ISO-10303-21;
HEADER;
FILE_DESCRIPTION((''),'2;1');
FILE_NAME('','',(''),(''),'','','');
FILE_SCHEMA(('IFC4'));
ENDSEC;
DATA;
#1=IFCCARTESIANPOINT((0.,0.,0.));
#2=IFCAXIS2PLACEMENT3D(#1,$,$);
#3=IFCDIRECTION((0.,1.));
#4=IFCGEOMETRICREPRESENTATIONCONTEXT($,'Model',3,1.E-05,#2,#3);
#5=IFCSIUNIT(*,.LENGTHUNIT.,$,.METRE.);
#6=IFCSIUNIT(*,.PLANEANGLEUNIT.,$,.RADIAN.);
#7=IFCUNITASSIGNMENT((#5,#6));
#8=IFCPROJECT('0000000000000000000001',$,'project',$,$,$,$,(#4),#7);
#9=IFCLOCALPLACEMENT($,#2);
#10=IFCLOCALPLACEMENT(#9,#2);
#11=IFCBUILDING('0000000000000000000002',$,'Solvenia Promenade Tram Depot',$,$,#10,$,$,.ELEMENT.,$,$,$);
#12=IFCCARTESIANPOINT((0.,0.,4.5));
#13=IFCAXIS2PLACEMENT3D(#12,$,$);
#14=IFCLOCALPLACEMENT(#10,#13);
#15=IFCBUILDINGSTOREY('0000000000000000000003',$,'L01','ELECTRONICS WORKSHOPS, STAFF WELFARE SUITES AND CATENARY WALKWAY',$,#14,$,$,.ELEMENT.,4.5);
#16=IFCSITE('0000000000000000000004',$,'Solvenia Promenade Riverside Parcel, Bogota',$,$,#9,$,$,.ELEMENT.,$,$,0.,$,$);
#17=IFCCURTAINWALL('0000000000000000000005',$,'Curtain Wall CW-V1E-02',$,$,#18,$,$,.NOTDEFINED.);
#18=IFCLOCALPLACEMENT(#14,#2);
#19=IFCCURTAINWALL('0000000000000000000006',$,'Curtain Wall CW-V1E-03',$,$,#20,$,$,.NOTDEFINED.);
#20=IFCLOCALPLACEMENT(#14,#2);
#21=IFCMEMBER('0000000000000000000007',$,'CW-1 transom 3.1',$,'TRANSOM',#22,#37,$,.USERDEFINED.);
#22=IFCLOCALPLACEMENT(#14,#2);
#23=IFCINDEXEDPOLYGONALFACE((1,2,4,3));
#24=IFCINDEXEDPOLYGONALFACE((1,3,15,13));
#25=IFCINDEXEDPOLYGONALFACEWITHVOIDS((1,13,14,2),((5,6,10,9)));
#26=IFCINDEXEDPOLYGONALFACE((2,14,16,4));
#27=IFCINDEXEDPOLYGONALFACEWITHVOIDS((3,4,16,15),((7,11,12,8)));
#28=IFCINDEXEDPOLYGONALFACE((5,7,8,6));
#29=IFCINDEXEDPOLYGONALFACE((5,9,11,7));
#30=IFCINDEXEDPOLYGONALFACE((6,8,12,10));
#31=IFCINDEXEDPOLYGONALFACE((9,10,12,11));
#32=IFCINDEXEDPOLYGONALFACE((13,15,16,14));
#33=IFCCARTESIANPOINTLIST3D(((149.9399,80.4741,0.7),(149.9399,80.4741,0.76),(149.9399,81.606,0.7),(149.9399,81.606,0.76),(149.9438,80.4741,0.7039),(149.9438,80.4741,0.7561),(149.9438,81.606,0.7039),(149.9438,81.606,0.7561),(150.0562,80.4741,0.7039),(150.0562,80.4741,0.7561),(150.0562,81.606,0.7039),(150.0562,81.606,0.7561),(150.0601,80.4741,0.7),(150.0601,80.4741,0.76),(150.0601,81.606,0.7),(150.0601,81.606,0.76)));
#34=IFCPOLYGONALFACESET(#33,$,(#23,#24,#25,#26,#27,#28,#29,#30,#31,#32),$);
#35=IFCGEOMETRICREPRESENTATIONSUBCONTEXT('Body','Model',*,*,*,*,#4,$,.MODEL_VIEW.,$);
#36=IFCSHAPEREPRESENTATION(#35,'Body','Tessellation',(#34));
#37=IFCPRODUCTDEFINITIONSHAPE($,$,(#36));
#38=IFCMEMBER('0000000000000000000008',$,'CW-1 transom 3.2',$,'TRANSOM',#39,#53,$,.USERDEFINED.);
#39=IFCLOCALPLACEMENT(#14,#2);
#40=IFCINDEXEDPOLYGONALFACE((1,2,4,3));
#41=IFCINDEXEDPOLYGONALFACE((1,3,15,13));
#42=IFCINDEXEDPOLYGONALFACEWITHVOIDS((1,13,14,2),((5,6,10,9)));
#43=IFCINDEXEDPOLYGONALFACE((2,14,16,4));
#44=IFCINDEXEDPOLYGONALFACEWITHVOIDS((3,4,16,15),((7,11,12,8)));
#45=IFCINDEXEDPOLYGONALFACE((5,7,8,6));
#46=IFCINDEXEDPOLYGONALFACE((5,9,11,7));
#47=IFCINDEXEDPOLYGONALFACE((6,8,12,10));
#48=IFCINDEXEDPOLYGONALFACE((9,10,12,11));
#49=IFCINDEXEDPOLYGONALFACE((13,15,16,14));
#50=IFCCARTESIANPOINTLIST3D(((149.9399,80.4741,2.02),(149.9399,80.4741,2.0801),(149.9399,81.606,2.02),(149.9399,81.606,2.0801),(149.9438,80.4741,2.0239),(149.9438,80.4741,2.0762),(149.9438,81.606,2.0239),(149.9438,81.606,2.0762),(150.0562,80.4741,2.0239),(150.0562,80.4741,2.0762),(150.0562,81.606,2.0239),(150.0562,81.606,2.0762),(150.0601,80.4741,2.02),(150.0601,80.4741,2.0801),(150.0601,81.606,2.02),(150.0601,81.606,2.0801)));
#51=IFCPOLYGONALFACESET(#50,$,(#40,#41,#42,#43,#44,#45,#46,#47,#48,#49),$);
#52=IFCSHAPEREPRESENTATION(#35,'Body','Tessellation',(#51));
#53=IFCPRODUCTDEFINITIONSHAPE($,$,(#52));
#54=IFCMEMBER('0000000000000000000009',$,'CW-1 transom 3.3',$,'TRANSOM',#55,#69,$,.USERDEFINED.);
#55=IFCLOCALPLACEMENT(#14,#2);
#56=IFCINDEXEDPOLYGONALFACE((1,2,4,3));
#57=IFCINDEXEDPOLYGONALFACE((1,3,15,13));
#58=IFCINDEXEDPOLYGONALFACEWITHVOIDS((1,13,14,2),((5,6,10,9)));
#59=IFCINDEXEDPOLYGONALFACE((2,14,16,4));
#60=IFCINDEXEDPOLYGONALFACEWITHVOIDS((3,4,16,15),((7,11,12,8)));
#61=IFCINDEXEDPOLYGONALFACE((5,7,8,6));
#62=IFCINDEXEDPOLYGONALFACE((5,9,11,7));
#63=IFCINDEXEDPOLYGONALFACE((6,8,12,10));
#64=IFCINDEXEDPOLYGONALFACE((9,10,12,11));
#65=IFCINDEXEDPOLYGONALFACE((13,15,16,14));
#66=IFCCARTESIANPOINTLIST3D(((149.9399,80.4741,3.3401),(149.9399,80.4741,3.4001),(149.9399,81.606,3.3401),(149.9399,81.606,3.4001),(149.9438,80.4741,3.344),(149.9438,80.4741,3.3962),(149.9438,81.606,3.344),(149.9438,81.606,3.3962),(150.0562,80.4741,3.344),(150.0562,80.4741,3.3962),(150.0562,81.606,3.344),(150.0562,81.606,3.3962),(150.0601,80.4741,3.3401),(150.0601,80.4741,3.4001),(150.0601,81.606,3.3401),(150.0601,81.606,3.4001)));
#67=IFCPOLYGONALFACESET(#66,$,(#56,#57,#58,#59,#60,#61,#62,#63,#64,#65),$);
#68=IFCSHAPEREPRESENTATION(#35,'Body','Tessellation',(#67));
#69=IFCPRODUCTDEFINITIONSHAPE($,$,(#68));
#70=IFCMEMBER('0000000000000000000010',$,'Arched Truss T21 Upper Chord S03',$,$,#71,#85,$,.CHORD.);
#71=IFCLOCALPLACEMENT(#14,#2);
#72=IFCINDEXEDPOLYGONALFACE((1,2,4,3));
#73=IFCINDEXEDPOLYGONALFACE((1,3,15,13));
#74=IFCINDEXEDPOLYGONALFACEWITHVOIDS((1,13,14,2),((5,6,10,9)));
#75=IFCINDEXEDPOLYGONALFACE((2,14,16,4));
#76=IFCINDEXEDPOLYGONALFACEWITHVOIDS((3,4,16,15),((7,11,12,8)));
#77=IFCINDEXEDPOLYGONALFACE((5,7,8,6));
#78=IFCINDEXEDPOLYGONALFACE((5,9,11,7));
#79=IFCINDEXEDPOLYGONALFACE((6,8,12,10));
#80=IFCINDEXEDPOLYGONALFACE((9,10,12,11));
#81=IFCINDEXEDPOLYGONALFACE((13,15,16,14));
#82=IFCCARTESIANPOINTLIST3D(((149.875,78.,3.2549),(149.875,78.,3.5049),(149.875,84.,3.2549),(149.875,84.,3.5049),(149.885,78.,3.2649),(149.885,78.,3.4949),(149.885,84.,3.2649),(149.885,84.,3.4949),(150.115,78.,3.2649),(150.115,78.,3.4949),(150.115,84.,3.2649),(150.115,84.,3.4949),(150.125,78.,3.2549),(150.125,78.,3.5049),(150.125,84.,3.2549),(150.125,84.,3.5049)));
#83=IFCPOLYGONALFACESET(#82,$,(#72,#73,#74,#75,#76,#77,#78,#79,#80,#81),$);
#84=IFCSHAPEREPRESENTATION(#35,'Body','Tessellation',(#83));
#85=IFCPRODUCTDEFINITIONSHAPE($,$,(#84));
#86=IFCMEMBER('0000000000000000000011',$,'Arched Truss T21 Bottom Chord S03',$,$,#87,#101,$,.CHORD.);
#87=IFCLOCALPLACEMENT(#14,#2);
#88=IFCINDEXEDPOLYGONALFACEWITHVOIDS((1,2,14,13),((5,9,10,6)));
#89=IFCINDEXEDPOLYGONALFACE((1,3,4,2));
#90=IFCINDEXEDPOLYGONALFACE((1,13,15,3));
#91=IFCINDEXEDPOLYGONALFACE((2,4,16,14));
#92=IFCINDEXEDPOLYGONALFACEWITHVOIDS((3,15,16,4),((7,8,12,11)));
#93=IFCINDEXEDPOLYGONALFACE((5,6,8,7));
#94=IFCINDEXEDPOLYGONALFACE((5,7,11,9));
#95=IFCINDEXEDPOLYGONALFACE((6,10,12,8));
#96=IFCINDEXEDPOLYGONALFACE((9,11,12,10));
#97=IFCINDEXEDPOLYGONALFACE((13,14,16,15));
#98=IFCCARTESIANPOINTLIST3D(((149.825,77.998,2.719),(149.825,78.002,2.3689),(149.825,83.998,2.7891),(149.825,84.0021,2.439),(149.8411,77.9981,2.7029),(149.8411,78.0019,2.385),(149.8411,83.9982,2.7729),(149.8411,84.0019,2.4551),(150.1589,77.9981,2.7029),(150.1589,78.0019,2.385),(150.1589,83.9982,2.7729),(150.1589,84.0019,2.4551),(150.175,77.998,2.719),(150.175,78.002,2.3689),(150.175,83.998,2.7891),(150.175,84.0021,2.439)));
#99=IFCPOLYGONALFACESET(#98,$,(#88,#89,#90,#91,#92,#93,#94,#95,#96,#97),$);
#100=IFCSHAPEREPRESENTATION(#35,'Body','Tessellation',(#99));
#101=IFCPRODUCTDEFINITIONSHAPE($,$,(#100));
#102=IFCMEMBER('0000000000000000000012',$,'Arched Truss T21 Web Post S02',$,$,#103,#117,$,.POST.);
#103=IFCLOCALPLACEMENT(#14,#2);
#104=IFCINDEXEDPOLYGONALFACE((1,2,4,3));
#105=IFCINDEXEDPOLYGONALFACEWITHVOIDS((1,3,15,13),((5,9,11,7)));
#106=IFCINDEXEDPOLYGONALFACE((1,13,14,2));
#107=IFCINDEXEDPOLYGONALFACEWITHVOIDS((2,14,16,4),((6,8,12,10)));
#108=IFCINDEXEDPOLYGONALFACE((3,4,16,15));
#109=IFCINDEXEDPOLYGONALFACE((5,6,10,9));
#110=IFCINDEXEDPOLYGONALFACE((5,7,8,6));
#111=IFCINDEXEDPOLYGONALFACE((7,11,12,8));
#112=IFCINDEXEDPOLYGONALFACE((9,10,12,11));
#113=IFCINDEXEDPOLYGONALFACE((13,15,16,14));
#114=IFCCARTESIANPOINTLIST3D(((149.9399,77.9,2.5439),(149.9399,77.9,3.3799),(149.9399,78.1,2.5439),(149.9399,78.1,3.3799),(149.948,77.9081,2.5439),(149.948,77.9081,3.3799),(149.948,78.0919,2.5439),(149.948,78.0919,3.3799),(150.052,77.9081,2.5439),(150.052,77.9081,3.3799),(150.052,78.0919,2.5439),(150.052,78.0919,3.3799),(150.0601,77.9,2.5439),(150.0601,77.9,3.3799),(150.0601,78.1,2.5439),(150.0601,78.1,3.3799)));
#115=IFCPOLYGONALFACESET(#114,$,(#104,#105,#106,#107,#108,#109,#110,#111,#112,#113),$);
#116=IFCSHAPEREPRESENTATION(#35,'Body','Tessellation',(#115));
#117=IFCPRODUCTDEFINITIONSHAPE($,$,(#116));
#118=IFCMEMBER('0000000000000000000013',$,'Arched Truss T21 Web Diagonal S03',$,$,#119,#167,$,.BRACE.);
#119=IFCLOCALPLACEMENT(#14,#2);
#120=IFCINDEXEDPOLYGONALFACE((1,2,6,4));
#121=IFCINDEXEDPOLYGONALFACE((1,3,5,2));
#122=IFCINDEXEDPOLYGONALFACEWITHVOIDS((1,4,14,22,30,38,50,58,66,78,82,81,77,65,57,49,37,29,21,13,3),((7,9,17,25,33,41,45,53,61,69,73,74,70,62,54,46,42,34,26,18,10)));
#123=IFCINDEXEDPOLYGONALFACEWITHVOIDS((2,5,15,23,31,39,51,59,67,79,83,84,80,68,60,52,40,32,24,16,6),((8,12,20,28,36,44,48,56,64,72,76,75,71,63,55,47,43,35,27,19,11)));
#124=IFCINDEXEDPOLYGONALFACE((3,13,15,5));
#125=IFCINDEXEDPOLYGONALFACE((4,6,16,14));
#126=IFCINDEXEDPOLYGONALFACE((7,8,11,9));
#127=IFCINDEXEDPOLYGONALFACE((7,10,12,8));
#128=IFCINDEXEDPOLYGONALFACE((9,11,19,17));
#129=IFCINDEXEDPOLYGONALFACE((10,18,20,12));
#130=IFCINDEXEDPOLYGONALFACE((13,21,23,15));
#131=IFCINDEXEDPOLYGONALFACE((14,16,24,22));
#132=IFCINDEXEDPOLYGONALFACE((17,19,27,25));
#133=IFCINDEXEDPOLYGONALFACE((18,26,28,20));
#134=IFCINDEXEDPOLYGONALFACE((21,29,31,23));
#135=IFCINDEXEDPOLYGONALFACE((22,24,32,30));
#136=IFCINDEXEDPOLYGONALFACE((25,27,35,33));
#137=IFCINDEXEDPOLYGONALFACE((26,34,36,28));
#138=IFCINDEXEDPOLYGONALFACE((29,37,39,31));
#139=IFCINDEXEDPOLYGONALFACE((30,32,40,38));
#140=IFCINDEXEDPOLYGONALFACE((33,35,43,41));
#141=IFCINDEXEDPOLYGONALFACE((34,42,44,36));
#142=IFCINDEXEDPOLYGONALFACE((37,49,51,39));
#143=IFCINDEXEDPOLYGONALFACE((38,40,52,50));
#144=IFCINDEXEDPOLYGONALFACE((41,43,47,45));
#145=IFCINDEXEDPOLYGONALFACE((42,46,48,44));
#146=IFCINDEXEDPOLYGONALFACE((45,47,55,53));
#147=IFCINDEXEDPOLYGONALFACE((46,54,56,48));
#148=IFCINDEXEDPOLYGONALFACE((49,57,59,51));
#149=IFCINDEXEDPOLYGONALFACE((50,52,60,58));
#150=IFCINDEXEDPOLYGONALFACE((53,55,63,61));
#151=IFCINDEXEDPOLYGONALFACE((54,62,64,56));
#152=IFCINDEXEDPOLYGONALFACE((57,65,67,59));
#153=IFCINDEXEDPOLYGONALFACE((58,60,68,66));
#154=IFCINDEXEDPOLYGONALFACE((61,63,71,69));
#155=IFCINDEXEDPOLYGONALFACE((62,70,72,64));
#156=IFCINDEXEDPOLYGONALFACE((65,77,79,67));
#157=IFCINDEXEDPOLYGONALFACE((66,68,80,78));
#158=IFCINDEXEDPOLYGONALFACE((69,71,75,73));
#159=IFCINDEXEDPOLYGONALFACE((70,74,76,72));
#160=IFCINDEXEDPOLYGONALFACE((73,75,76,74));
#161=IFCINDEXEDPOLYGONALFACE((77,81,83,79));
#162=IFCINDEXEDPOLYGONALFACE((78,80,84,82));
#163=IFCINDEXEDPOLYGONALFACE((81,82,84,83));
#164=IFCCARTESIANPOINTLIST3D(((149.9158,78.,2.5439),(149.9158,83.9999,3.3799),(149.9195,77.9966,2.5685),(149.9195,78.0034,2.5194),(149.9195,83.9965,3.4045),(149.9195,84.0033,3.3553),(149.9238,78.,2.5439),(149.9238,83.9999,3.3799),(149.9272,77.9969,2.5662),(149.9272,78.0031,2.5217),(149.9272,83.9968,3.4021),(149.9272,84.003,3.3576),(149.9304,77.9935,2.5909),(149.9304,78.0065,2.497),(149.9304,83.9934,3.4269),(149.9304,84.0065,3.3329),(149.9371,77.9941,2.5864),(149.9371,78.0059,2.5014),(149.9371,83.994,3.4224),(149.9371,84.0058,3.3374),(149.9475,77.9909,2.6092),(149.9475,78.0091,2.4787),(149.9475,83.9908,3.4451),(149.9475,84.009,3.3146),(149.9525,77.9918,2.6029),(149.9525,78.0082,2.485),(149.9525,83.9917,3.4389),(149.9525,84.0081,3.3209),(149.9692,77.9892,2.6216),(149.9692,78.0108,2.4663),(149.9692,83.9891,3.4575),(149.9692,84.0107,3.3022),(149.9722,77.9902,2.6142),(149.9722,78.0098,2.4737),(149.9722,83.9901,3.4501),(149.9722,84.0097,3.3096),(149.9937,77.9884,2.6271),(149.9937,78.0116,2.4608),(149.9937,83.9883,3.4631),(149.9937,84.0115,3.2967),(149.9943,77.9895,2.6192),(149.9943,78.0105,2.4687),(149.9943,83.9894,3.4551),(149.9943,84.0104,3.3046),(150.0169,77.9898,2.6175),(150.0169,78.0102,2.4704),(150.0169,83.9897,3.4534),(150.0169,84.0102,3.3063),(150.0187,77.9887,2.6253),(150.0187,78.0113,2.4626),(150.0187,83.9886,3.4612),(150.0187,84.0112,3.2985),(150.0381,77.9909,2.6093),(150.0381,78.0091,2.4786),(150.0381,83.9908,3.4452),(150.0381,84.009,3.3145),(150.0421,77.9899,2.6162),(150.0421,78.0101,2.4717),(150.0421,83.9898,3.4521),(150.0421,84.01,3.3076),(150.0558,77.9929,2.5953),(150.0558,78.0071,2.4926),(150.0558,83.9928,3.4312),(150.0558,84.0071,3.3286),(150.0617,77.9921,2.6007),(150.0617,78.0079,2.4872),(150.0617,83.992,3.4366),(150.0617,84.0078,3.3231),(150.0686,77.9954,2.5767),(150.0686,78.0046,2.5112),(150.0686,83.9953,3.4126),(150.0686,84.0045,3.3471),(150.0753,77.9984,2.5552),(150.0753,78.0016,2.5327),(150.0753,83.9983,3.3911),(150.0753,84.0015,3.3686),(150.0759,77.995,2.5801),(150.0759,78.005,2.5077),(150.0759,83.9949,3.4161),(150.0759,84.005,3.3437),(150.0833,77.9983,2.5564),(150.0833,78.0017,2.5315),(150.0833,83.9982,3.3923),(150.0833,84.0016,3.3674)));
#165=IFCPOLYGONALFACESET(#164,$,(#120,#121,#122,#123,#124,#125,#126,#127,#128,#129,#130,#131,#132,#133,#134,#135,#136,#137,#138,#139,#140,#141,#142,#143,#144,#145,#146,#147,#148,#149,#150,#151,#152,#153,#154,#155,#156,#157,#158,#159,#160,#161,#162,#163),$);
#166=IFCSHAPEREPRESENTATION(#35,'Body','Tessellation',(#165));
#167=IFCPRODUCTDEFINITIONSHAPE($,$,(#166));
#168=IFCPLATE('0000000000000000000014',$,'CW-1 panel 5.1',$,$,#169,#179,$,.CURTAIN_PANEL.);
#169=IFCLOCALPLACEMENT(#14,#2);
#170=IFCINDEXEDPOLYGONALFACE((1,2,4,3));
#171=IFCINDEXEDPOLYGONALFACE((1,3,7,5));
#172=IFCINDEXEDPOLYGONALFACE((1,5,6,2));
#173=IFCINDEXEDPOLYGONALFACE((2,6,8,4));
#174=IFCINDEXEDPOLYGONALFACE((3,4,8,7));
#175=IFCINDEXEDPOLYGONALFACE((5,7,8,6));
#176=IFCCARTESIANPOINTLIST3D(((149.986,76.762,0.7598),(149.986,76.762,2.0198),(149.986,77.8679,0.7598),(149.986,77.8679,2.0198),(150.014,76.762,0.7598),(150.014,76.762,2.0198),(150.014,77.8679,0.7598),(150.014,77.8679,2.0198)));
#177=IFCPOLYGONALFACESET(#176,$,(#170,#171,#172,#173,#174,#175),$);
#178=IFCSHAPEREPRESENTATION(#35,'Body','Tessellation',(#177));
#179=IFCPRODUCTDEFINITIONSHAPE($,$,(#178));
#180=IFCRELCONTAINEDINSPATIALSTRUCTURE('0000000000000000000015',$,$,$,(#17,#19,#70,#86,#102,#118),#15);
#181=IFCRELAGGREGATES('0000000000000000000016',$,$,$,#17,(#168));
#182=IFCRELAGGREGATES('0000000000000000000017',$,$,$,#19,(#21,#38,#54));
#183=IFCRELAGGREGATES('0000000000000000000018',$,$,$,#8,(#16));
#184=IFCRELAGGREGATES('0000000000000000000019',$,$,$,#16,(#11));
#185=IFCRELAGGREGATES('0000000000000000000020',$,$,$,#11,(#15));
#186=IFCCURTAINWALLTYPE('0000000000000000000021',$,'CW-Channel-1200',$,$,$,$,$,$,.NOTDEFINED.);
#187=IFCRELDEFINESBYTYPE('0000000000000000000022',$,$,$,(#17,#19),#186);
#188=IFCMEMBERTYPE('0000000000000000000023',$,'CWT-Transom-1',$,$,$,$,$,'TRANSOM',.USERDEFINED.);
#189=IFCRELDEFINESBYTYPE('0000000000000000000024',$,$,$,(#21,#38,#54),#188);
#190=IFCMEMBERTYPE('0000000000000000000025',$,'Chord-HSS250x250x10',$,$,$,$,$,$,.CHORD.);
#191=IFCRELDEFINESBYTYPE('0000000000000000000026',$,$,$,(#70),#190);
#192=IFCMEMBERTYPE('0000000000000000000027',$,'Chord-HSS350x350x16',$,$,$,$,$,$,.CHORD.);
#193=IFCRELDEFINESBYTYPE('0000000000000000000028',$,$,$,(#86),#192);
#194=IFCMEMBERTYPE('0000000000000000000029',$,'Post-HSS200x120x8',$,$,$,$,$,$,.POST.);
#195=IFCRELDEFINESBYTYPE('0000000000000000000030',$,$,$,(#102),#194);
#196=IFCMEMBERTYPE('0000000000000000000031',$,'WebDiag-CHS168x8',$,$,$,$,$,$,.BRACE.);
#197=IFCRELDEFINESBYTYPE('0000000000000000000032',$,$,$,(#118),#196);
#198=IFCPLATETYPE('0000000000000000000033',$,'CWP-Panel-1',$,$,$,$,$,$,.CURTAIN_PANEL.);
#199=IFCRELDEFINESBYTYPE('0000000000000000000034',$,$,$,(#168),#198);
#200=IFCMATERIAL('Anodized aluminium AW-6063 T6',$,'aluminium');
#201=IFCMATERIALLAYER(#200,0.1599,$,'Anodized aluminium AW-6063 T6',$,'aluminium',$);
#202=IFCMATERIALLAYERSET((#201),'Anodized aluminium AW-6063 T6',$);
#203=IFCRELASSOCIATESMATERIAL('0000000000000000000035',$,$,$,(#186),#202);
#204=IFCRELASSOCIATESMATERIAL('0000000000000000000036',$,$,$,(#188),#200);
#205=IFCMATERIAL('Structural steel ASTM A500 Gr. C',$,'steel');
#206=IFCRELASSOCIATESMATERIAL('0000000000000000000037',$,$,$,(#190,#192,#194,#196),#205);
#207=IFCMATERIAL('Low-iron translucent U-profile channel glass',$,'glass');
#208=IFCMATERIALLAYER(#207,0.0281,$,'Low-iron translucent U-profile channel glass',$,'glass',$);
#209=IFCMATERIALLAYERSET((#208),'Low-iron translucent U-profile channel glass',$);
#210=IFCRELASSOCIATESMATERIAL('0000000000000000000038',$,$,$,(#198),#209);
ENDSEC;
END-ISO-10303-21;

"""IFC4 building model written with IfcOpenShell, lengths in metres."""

from ifc_helpers import new_model, si_unit, direction, frame, origin, origin_2d, place, context, subcontext, project, spatial, rectangle, hollow_rectangle, hollow_circle, extrude, material, layer, layer_set, material_profile, profile_set, type_object, element, aggregate, save


model = new_model("IFC4")

# Units and contexts
model_context = context("Model", 3, precision=1e-05, world=origin(), true_north=direction((0.0, 1.0)))
body_context = subcontext(model_context, "Body", "Model", "MODEL_VIEW")
ifc_project = project(units=[si_unit("LENGTHUNIT", "METRE"), si_unit("PLANEANGLEUNIT", "RADIAN")], contexts=[model_context])

# Site, building, storey
site_placement = place(None, origin())
site = spatial("IfcSite", under=ifc_project, at=site_placement, Name="Solvenia Promenade Riverside Parcel, Bogota", CompositionType="ELEMENT", RefElevation=0.0)
building_placement = place(site_placement, origin())
building = spatial("IfcBuilding", under=site, at=building_placement, Name="Solvenia Promenade Tram Depot", CompositionType="ELEMENT")
storey_placement = place(building_placement, frame((0.0, 0.0, 4.5)))
storey = spatial("IfcBuildingStorey", under=building, at=storey_placement, Name="L01", Description="ELECTRONICS WORKSHOPS, STAFF WELFARE SUITES AND CATENARY WALKWAY", CompositionType="ELEMENT", Elevation=4.5)

# Curtain wall
ifc_material_1 = material(Name="Anodized aluminium AW-6063 T6", Category="aluminium")
ifc_layer_1 = layer(ifc_material_1, 0.1599, Name="Anodized aluminium AW-6063 T6", Category="aluminium")
ifc_layer_set_1 = layer_set([ifc_layer_1], Name="Anodized aluminium AW-6063 T6")
curtain_wall_type = type_object("IfcCurtainWallType", Name="CW-Channel-1200", PredefinedType="NOTDEFINED", material=ifc_layer_set_1)
curtain_wall_1_placement = place(storey_placement, origin())
curtain_wall_1 = element("IfcCurtainWall", 1, at=curtain_wall_1_placement, inside=storey, type_object=curtain_wall_type, Name="Curtain Wall CW-V1E-02", PredefinedType="NOTDEFINED")

# Curtain wall, members
curtain_wall_2_placement = place(storey_placement, origin())
curtain_wall_2 = element("IfcCurtainWall", 2, at=curtain_wall_2_placement, inside=storey, type_object=curtain_wall_type, Name="Curtain Wall CW-V1E-03", PredefinedType="NOTDEFINED")
ifc_material_profile_1 = material_profile(ifc_material_1, hollow_rectangle(XDim=0.1201, YDim=0.0601, WallThickness=0.0039, at=origin_2d()), Name="ALU-T1", Category="aluminium")
ifc_profile_set_1 = profile_set([ifc_material_profile_1], Name="Anodized aluminium AW-6063 T6")
member_type_1 = type_object("IfcMemberType", Name="CWT-Transom-1", ElementType="TRANSOM", PredefinedType="USERDEFINED", material=ifc_profile_set_1)
member_1_placement = place(storey_placement, frame((150.0, 80.4741, 0.73), z_axis=(0.0, 1.0, 0.0), x_axis=(-1.0, 0.0, 0.0)))
member_1 = element("IfcMember", 3, at=member_1_placement, type_object=member_type_1, Name="CW-1 transom 3.1", ObjectType="TRANSOM", PredefinedType="USERDEFINED", context=body_context, shape_type="SweptSolid", body=[
    extrude(hollow_rectangle(XDim=0.1201, YDim=0.0601, WallThickness=0.0039, at=origin_2d()), origin(), (0.0, 0.0, 1.0), 1.1318),
])
member_2_placement = place(storey_placement, frame((150.0, 80.4741, 2.05), z_axis=(0.0, 1.0, 0.0), x_axis=(-1.0, 0.0, 0.0)))
member_2 = element("IfcMember", 4, at=member_2_placement, type_object=member_type_1, Name="CW-1 transom 3.2", ObjectType="TRANSOM", PredefinedType="USERDEFINED", context=body_context, shape_type="SweptSolid", body=[
    extrude(hollow_rectangle(XDim=0.1201, YDim=0.0601, WallThickness=0.0039, at=origin_2d()), origin(), (0.0, 0.0, 1.0), 1.1318),
])
member_3_placement = place(storey_placement, frame((150.0, 80.4741, 3.3701), z_axis=(0.0, 1.0, 0.0), x_axis=(-1.0, 0.0, 0.0)))
member_3 = element("IfcMember", 5, at=member_3_placement, type_object=member_type_1, Name="CW-1 transom 3.3", ObjectType="TRANSOM", PredefinedType="USERDEFINED", context=body_context, shape_type="SweptSolid", body=[
    extrude(hollow_rectangle(XDim=0.1201, YDim=0.0601, WallThickness=0.0039, at=origin_2d()), origin(), (0.0, 0.0, 1.0), 1.1318),
])

# Members
ifc_material_2 = material(Name="Structural steel ASTM A500 Gr. C", Category="steel")
ifc_material_profile_2 = material_profile(ifc_material_2, hollow_rectangle(XDim=0.25, YDim=0.25, WallThickness=0.01, at=origin_2d()), Name="HSS250x250x10", Category="steel")
ifc_profile_set_2 = profile_set([ifc_material_profile_2], Name="Structural steel ASTM A500 Gr. C")
member_type_2 = type_object("IfcMemberType", Name="Chord-HSS250x250x10", PredefinedType="CHORD", material=ifc_profile_set_2)
member_4_placement = place(storey_placement, frame((150.0, 78.0, 3.3799), z_axis=(0.0, 1.0, 0.0), x_axis=(-1.0, 0.0, 0.0)))
element("IfcMember", 6, at=member_4_placement, inside=storey, type_object=member_type_2, Name="Arched Truss T21 Upper Chord S03", PredefinedType="CHORD", context=body_context, shape_type="SweptSolid", body=[
    extrude(hollow_rectangle(XDim=0.25, YDim=0.25, WallThickness=0.01, at=origin_2d()), origin(), (0.0, 0.0, 1.0), 6.0),
])
ifc_material_profile_3 = material_profile(ifc_material_2, hollow_rectangle(XDim=0.3501, YDim=0.3501, WallThickness=0.0161, at=origin_2d()), Name="HSS350x350x16", Category="steel")
ifc_profile_set_3 = profile_set([ifc_material_profile_3], Name="Structural steel ASTM A500 Gr. C")
member_type_3 = type_object("IfcMemberType", Name="Chord-HSS350x350x16", PredefinedType="CHORD", material=ifc_profile_set_3)
member_5_placement = place(storey_placement, frame((150.0, 78.0, 2.5439), z_axis=(0.0, 0.999932, 0.011677), x_axis=(-1.0, 0.0, 0.0)))
element("IfcMember", 7, at=member_5_placement, inside=storey, type_object=member_type_3, Name="Arched Truss T21 Bottom Chord S03", PredefinedType="CHORD", context=body_context, shape_type="SweptSolid", body=[
    extrude(hollow_rectangle(XDim=0.3501, YDim=0.3501, WallThickness=0.0161, at=origin_2d()), origin(), (0.0, 0.0, 1.0), 6.0005),
])
ifc_material_profile_4 = material_profile(ifc_material_2, hollow_rectangle(XDim=0.1201, YDim=0.2, WallThickness=0.0081, at=origin_2d()), Name="HSS200x120x8", Category="steel")
ifc_profile_set_4 = profile_set([ifc_material_profile_4], Name="Structural steel ASTM A500 Gr. C")
member_type_4 = type_object("IfcMemberType", Name="Post-HSS200x120x8", PredefinedType="POST", material=ifc_profile_set_4)
member_6_placement = place(storey_placement, frame((150.0, 78.0, 2.5439), z_axis=(0.0, 0.0, 1.0), x_axis=(1.0, 0.0, 0.0)))
element("IfcMember", 8, at=member_6_placement, inside=storey, type_object=member_type_4, Name="Arched Truss T21 Web Post S02", PredefinedType="POST", context=body_context, shape_type="SweptSolid", body=[
    extrude(hollow_rectangle(XDim=0.1201, YDim=0.2, WallThickness=0.0081, at=origin_2d()), origin(), (0.0, 0.0, 1.0), 0.8359),
])
ifc_material_profile_5 = material_profile(ifc_material_2, hollow_circle(Radius=0.0842, WallThickness=0.0081, at=origin_2d()), Name="CHS168.3x8", Category="steel")
ifc_profile_set_5 = profile_set([ifc_material_profile_5], Name="Structural steel ASTM A500 Gr. C")
member_type_5 = type_object("IfcMemberType", Name="WebDiag-CHS168x8", PredefinedType="BRACE", material=ifc_profile_set_5)
member_7_placement = place(storey_placement, frame((150.0, 78.0, 2.5439), z_axis=(0.0, 0.990434, 0.13799), x_axis=(-1.0, 0.0, 0.0)))
element("IfcMember", 9, at=member_7_placement, inside=storey, type_object=member_type_5, Name="Arched Truss T21 Web Diagonal S03", PredefinedType="BRACE", context=body_context, shape_type="SweptSolid", body=[
    extrude(hollow_circle(Radius=0.0842, WallThickness=0.0081, at=origin_2d()), origin(), (0.0, 0.0, 1.0), 6.0579),
])

# Plate
ifc_material_3 = material(Name="Low-iron translucent U-profile channel glass", Category="glass")
ifc_layer_2 = layer(ifc_material_3, 0.0281, Name="Low-iron translucent U-profile channel glass", Category="glass")
ifc_layer_set_2 = layer_set([ifc_layer_2], Name="Low-iron translucent U-profile channel glass")
plate_type = type_object("IfcPlateType", Name="CWP-Panel-1", PredefinedType="CURTAIN_PANEL", material=ifc_layer_set_2)
plate_1_placement = place(storey_placement, frame((150.0, 77.3149, 0.7598), z_axis=(0.0, 0.0, 1.0), x_axis=(0.0, 1.0, 0.0)))
plate_1 = element("IfcPlate", 10, at=plate_1_placement, type_object=plate_type, Name="CW-1 panel 5.1", PredefinedType="CURTAIN_PANEL", context=body_context, shape_type="SweptSolid", body=[
    extrude(rectangle(XDim=1.106, YDim=0.0281, at=origin_2d()), origin(), (0.0, 0.0, 1.0), 1.26),
])
aggregate(curtain_wall_1, [plate_1])
aggregate(curtain_wall_2, [member_1, member_2, member_3])

save(model, "model.ifc")
